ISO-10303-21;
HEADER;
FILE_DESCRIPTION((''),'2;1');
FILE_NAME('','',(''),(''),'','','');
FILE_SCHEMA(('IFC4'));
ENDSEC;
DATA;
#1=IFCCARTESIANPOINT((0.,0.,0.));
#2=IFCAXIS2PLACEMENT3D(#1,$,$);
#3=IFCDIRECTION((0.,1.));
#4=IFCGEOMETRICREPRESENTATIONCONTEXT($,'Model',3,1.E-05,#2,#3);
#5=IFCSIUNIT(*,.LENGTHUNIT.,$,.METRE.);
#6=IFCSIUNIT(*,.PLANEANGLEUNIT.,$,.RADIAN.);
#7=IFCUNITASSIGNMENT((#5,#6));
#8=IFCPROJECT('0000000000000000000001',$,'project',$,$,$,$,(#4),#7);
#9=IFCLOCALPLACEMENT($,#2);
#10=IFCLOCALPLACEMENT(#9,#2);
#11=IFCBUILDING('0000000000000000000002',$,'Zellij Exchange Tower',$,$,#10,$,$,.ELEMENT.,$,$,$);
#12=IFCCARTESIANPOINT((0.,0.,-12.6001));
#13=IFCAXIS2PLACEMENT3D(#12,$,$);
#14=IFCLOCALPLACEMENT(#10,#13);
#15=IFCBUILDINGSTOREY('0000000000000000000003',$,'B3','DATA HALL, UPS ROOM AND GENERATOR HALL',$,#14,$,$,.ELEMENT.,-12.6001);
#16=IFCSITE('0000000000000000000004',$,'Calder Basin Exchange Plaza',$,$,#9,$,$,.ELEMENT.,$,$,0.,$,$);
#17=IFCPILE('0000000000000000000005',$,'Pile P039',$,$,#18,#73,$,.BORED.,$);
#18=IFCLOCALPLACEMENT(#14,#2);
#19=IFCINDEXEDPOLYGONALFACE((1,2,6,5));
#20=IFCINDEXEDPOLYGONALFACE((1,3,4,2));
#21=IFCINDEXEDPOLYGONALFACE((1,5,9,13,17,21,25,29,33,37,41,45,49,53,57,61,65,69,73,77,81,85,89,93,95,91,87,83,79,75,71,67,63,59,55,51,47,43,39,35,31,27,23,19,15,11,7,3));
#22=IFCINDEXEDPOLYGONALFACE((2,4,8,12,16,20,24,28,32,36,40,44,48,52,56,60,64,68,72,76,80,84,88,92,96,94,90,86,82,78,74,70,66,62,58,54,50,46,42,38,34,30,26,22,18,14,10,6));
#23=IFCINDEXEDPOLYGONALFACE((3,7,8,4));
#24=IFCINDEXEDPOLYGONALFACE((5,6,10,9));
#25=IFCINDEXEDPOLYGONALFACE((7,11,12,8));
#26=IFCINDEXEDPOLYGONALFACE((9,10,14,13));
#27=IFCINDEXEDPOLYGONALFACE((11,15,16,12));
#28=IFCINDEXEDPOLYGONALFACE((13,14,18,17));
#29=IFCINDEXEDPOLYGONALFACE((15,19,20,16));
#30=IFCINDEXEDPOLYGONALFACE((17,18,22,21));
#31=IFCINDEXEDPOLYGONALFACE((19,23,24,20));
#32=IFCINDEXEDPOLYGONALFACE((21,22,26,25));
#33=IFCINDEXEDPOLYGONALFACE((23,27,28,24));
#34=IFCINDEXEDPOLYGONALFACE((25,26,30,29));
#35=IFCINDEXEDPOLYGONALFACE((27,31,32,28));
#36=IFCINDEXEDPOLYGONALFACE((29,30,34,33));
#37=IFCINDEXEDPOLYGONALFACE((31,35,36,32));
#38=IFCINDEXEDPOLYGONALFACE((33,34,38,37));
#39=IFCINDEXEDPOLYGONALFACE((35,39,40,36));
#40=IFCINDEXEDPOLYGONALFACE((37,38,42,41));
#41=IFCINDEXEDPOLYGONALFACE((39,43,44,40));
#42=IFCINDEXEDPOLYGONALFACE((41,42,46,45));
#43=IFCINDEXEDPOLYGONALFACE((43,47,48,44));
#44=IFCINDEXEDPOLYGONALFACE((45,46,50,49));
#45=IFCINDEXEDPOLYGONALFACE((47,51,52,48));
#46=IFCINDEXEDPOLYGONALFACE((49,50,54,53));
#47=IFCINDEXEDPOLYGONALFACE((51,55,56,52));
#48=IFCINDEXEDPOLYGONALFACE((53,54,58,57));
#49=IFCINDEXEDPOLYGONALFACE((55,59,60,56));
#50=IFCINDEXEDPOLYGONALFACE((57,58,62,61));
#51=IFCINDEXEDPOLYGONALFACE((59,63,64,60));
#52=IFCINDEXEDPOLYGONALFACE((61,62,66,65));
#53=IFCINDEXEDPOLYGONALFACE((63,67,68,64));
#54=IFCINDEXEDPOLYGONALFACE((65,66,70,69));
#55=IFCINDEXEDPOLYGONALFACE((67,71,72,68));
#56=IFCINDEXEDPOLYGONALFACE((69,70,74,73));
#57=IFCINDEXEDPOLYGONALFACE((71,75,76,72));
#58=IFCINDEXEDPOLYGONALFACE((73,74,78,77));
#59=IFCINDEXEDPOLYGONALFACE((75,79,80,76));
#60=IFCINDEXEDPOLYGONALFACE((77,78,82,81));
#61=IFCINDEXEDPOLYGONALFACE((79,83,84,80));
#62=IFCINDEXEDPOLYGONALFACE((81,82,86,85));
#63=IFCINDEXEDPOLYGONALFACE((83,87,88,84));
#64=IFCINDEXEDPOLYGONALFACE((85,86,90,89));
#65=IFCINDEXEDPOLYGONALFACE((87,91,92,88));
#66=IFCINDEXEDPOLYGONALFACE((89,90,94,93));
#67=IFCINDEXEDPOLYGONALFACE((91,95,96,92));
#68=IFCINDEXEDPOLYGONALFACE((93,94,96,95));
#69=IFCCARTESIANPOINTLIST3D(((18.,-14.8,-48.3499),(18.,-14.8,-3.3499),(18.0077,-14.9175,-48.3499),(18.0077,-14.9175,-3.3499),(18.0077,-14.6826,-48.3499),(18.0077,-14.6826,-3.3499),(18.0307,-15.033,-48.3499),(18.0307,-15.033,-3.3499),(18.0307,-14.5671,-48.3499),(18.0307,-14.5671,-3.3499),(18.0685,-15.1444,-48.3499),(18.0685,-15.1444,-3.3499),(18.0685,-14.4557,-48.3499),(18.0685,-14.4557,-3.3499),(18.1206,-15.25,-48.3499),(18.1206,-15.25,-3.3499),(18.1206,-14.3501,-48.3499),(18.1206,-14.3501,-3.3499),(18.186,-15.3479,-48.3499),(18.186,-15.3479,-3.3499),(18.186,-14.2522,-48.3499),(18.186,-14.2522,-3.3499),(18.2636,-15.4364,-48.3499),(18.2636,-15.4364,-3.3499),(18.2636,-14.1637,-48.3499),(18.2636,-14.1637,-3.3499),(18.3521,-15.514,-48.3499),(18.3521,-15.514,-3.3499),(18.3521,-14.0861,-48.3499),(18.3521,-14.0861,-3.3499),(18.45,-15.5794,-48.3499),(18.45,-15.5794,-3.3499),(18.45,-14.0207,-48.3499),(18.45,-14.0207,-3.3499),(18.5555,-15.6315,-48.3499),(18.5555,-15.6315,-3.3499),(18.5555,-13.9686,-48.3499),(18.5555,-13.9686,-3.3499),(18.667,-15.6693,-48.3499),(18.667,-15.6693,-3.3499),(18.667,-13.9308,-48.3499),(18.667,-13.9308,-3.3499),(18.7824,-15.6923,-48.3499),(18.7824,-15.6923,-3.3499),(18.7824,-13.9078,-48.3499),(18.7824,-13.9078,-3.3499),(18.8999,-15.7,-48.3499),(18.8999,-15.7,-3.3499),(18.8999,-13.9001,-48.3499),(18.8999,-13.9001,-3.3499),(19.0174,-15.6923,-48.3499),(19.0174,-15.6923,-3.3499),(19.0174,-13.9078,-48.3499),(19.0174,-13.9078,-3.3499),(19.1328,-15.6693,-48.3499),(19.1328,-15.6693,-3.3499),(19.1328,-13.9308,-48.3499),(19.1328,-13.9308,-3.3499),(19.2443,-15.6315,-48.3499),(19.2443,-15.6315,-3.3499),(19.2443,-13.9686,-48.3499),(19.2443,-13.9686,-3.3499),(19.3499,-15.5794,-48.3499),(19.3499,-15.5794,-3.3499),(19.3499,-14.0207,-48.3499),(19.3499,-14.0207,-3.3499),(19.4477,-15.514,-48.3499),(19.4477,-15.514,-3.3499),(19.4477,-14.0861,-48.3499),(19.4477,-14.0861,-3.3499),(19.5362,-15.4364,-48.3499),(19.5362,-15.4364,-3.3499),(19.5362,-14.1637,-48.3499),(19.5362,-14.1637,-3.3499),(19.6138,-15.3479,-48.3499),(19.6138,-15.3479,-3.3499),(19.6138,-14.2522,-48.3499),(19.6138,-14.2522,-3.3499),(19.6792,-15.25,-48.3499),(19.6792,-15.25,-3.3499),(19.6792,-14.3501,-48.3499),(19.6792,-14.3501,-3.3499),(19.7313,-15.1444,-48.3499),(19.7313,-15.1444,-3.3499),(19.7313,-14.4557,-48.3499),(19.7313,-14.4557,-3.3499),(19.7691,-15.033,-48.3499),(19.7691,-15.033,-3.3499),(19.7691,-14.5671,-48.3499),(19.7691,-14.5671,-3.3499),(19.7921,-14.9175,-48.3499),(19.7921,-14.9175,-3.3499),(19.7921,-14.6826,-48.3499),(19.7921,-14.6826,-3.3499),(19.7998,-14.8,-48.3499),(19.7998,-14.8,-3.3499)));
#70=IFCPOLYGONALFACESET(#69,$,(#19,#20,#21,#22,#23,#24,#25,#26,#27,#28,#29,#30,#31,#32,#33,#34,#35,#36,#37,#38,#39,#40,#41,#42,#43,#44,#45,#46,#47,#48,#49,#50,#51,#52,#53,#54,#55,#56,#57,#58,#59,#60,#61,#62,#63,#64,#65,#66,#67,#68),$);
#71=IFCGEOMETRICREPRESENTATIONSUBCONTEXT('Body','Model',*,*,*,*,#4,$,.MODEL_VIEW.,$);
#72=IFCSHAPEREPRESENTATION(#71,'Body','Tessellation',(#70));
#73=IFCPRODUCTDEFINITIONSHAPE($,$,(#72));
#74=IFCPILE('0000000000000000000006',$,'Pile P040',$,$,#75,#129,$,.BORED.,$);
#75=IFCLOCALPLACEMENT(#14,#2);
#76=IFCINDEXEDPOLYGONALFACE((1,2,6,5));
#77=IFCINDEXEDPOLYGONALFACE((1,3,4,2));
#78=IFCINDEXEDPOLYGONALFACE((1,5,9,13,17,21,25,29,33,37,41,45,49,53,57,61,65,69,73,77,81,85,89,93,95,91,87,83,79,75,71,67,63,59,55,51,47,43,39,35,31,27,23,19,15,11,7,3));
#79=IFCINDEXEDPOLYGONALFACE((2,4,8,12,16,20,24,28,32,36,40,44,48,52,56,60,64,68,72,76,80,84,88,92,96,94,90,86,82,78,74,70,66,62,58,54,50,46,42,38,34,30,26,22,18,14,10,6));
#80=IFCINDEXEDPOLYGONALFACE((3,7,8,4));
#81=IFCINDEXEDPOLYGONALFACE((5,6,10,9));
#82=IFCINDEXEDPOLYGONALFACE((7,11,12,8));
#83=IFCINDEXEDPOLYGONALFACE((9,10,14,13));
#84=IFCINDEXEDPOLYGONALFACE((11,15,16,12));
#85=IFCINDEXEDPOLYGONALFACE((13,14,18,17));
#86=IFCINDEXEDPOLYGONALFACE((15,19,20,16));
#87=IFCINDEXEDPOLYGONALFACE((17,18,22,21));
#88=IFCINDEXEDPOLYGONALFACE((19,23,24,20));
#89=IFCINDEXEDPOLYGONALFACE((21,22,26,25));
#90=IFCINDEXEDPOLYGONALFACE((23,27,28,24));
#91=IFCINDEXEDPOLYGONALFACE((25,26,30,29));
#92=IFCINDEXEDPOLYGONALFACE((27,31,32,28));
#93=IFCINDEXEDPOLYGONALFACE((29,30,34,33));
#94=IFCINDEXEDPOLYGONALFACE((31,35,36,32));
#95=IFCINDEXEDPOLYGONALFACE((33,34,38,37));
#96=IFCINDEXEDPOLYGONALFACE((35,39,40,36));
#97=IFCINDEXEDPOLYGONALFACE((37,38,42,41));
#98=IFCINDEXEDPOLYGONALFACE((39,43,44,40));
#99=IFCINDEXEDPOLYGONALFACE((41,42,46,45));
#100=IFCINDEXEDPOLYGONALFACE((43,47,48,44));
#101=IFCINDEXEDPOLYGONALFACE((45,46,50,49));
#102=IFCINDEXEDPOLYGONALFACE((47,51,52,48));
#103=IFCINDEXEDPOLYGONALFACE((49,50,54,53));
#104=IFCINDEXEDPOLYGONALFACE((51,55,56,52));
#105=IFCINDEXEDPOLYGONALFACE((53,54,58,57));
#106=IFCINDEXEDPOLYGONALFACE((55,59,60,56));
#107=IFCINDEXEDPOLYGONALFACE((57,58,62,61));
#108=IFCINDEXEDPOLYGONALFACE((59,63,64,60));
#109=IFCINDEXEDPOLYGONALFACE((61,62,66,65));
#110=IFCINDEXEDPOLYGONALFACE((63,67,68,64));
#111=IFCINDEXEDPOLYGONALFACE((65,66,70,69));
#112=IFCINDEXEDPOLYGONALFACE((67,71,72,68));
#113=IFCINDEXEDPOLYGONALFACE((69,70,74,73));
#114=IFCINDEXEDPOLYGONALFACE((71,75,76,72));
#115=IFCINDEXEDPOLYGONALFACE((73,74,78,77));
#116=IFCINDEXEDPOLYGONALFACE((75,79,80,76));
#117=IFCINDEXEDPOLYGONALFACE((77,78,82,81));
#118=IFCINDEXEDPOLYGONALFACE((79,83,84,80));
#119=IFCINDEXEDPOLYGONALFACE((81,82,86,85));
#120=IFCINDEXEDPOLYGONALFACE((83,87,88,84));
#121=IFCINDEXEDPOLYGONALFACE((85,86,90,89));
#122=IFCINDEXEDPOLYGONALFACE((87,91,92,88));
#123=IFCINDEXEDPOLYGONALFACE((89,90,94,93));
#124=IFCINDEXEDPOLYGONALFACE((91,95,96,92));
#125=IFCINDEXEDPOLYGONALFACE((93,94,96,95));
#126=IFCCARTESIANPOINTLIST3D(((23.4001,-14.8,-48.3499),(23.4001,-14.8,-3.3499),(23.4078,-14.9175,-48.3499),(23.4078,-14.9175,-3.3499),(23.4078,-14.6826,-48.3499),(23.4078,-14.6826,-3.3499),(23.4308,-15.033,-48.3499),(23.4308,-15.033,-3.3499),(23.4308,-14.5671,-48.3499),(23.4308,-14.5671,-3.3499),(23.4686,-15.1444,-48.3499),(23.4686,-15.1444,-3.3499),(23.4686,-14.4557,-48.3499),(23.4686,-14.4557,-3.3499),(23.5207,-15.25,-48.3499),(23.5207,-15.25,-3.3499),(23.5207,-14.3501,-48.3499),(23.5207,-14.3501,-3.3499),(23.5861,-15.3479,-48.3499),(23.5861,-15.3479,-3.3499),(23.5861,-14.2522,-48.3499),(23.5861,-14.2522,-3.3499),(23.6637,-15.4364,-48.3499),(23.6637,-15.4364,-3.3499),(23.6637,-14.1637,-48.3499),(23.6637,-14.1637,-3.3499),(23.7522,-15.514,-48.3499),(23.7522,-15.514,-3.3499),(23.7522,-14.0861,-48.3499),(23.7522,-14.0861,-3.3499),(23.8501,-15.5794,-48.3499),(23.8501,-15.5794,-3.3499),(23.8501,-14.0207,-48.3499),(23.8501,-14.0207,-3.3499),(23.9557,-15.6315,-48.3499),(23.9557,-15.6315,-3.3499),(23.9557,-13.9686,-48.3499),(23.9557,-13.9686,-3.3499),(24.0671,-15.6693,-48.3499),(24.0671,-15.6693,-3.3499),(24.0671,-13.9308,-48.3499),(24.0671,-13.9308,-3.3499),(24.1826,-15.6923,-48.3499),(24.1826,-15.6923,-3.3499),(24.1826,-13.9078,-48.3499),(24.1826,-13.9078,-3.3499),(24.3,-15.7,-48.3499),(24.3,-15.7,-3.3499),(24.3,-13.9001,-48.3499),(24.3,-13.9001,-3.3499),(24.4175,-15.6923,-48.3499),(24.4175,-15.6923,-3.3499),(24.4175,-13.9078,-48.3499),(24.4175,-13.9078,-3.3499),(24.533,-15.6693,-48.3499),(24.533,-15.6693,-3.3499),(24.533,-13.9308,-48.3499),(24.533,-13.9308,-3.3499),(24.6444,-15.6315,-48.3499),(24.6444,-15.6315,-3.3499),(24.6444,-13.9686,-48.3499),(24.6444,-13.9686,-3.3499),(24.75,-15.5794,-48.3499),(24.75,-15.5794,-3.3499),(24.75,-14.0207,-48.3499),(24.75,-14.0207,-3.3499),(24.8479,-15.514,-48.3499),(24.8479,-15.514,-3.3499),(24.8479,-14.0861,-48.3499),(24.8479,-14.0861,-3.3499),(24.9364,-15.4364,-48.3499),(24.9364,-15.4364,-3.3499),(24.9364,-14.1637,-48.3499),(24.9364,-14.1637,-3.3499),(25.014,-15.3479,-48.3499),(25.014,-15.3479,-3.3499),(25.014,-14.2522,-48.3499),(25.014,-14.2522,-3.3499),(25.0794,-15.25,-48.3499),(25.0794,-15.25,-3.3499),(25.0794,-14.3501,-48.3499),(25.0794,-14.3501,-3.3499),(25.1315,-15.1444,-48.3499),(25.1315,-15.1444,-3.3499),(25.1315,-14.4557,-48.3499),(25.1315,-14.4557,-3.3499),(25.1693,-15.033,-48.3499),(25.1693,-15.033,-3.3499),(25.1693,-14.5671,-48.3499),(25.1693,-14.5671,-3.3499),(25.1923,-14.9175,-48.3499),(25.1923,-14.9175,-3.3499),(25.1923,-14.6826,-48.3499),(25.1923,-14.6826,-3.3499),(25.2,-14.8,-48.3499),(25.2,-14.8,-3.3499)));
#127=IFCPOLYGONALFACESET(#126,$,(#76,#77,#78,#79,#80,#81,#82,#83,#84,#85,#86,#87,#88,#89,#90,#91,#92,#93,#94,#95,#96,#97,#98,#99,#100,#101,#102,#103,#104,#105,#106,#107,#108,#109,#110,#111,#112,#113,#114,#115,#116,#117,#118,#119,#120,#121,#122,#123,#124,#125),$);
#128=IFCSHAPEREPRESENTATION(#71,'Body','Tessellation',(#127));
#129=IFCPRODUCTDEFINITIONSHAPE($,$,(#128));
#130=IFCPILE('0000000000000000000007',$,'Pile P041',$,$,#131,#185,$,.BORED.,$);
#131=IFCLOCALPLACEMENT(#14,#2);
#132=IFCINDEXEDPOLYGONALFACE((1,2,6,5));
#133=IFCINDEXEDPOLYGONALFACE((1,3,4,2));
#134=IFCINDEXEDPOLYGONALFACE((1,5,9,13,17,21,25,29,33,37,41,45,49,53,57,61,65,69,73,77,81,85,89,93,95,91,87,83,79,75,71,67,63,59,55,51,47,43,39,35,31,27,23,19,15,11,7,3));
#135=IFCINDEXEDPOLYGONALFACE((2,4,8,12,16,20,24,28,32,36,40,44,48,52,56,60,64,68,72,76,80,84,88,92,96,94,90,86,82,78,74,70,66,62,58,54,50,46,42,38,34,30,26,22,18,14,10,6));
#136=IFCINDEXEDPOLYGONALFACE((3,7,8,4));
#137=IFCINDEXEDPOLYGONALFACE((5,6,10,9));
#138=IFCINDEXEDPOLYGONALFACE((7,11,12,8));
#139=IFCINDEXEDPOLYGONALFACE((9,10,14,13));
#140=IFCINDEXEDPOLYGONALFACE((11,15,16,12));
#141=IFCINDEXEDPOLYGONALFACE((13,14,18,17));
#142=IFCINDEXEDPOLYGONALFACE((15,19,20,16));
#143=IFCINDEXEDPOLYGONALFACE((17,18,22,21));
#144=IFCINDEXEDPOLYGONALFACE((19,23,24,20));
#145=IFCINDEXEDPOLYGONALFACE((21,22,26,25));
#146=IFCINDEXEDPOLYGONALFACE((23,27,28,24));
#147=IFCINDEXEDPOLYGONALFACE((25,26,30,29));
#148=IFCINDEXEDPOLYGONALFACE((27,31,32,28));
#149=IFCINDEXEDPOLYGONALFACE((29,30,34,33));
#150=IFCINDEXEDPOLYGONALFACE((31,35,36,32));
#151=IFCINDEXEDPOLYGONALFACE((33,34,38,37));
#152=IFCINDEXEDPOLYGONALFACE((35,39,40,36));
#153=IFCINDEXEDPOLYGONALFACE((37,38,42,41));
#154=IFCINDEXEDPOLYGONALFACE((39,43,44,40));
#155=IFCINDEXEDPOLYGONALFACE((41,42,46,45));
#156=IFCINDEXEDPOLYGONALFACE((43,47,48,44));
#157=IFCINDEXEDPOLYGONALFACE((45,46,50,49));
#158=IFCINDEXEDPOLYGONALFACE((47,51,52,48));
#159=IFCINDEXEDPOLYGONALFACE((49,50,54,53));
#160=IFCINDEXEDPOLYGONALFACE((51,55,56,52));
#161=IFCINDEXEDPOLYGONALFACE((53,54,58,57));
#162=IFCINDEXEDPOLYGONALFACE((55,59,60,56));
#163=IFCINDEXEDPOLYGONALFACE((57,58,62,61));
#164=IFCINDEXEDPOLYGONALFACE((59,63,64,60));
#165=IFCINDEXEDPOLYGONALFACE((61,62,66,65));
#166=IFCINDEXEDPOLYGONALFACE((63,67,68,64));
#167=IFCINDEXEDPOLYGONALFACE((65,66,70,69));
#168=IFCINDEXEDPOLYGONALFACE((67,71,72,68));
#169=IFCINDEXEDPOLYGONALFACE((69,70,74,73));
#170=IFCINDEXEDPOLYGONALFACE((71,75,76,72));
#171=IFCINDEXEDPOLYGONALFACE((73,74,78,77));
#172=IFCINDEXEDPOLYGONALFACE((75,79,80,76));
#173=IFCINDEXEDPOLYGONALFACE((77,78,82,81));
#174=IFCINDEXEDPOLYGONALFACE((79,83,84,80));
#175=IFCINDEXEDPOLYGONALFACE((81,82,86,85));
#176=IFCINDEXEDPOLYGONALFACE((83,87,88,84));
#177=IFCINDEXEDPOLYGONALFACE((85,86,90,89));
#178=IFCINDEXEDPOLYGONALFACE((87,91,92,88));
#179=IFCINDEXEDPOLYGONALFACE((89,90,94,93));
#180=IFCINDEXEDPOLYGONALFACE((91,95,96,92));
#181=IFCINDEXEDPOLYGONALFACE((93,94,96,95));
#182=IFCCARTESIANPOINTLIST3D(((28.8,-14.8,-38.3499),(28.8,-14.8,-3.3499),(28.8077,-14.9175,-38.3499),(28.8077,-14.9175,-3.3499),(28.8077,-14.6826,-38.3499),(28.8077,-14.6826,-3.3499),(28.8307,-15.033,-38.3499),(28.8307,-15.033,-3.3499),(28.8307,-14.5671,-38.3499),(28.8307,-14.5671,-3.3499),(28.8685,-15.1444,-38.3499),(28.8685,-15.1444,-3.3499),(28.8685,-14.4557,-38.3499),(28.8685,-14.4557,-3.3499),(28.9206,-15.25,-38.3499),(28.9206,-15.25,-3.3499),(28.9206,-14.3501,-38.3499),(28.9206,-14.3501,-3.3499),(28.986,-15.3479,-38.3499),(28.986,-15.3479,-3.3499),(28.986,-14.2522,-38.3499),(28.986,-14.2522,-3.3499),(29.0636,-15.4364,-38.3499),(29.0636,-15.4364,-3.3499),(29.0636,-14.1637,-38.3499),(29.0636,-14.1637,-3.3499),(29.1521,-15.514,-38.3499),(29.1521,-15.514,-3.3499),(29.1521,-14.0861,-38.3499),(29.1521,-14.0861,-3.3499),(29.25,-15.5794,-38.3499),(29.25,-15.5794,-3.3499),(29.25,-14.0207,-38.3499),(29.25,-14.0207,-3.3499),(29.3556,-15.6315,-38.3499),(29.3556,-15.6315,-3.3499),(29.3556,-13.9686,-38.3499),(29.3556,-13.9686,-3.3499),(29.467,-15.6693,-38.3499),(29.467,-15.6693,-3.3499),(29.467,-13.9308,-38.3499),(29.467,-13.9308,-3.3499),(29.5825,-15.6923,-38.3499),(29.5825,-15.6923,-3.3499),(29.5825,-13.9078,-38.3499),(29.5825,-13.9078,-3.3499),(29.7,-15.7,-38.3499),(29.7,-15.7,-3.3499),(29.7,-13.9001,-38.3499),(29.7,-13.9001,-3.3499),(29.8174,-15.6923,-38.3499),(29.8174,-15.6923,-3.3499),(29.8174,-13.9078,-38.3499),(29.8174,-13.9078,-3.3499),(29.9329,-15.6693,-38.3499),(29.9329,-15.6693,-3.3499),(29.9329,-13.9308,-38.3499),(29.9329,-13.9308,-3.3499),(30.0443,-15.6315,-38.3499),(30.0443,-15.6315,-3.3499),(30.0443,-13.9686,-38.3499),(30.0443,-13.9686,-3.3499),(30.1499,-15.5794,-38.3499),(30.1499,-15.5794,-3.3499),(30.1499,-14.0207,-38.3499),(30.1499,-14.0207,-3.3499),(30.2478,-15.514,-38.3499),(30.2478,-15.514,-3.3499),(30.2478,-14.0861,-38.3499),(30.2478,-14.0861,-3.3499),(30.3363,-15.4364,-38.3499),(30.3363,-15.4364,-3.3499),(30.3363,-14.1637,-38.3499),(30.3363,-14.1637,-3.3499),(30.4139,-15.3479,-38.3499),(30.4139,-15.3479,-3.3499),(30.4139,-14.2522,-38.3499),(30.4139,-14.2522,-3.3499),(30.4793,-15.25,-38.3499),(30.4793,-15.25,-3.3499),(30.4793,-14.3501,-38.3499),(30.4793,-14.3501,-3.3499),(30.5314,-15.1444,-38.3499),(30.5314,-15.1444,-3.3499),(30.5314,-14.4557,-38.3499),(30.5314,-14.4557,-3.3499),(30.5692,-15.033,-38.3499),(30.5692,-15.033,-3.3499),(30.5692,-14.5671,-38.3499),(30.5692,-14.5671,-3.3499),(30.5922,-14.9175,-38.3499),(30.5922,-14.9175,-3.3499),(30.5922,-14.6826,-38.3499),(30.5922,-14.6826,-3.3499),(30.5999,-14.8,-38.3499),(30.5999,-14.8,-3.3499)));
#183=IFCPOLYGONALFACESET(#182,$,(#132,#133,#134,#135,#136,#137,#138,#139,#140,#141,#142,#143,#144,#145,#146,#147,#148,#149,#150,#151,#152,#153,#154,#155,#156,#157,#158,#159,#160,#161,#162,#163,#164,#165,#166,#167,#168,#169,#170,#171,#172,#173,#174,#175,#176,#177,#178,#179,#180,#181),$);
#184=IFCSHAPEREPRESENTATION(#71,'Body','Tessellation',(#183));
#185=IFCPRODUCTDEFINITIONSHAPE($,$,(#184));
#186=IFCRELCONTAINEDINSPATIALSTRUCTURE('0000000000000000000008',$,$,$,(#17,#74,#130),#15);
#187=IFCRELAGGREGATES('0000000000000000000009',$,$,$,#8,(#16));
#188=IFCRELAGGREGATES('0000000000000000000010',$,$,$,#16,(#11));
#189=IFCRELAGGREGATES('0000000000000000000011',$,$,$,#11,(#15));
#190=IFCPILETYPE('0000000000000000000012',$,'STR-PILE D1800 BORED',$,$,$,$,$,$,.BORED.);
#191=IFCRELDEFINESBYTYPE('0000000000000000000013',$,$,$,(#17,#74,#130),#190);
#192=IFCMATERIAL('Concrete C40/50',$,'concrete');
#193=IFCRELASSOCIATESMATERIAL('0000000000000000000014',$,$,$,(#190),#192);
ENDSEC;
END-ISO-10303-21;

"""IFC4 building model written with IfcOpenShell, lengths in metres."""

from ifc_helpers import new_model, si_unit, direction, frame, origin, origin_2d, place, context, subcontext, project, spatial, circle, extrude, material, material_profile, profile_set, type_object, element, save


model = new_model("IFC4")

# Units and contexts
model_context = context("Model", 3, precision=1e-05, world=origin(), true_north=direction((0.0, 1.0)))
body_context = subcontext(model_context, "Body", "Model", "MODEL_VIEW")
ifc_project = project(units=[si_unit("LENGTHUNIT", "METRE"), si_unit("PLANEANGLEUNIT", "RADIAN")], contexts=[model_context])

# Site, building, storey
site_placement = place(None, origin())
site = spatial("IfcSite", under=ifc_project, at=site_placement, Name="Calder Basin Exchange Plaza", CompositionType="ELEMENT", RefElevation=0.0)
building_placement = place(site_placement, origin())
building = spatial("IfcBuilding", under=site, at=building_placement, Name="Zellij Exchange Tower", CompositionType="ELEMENT")
storey_placement = place(building_placement, frame((0.0, 0.0, -12.6001)))
storey = spatial("IfcBuildingStorey", under=building, at=storey_placement, Name="B3", Description="DATA HALL, UPS ROOM AND GENERATOR HALL", CompositionType="ELEMENT", Elevation=-12.6001)

# Piles
ifc_material_1 = material(Name="Concrete C40/50", Category="concrete")
ifc_material_profile_1 = material_profile(ifc_material_1, circle(Radius=0.8999, at=origin_2d()), Name="STR-PILE D1800 BORED")
ifc_profile_set_1 = profile_set([ifc_material_profile_1], Name="Concrete C40/50")
pile_type = type_object("IfcPileType", Name="STR-PILE D1800 BORED", PredefinedType="BORED", material=ifc_profile_set_1)
for number, where, z_axis, x_axis, name in (
    (1, (18.8999, -14.8, -3.3499), (0.0, 0.0, -1.0), (1.0, 0.0, 0.0), "Pile P039"),
    (2, (24.3, -14.8, -3.3499), (0.0, 0.0, -1.0), (1.0, 0.0, 0.0), "Pile P040"),
):
    element("IfcPile", number, at=place(storey_placement, frame(where, z_axis=z_axis, x_axis=x_axis)), inside=storey, type_object=pile_type, Name=name, PredefinedType="BORED", context=body_context, shape_type="SweptSolid", body=[
        extrude(circle(Radius=0.8999, at=origin_2d()), origin(), (0.0, 0.0, 1.0), 45.0),
    ])
pile_1_placement = place(storey_placement, frame((29.7, -14.8, -3.3499), z_axis=(0.0, 0.0, -1.0), x_axis=(1.0, 0.0, 0.0)))
element("IfcPile", 3, at=pile_1_placement, inside=storey, type_object=pile_type, Name="Pile P041", PredefinedType="BORED", context=body_context, shape_type="SweptSolid", body=[
    extrude(circle(Radius=0.8999, at=origin_2d()), origin(), (0.0, 0.0, 1.0), 35.0),
])

save(model, "model.ifc")
